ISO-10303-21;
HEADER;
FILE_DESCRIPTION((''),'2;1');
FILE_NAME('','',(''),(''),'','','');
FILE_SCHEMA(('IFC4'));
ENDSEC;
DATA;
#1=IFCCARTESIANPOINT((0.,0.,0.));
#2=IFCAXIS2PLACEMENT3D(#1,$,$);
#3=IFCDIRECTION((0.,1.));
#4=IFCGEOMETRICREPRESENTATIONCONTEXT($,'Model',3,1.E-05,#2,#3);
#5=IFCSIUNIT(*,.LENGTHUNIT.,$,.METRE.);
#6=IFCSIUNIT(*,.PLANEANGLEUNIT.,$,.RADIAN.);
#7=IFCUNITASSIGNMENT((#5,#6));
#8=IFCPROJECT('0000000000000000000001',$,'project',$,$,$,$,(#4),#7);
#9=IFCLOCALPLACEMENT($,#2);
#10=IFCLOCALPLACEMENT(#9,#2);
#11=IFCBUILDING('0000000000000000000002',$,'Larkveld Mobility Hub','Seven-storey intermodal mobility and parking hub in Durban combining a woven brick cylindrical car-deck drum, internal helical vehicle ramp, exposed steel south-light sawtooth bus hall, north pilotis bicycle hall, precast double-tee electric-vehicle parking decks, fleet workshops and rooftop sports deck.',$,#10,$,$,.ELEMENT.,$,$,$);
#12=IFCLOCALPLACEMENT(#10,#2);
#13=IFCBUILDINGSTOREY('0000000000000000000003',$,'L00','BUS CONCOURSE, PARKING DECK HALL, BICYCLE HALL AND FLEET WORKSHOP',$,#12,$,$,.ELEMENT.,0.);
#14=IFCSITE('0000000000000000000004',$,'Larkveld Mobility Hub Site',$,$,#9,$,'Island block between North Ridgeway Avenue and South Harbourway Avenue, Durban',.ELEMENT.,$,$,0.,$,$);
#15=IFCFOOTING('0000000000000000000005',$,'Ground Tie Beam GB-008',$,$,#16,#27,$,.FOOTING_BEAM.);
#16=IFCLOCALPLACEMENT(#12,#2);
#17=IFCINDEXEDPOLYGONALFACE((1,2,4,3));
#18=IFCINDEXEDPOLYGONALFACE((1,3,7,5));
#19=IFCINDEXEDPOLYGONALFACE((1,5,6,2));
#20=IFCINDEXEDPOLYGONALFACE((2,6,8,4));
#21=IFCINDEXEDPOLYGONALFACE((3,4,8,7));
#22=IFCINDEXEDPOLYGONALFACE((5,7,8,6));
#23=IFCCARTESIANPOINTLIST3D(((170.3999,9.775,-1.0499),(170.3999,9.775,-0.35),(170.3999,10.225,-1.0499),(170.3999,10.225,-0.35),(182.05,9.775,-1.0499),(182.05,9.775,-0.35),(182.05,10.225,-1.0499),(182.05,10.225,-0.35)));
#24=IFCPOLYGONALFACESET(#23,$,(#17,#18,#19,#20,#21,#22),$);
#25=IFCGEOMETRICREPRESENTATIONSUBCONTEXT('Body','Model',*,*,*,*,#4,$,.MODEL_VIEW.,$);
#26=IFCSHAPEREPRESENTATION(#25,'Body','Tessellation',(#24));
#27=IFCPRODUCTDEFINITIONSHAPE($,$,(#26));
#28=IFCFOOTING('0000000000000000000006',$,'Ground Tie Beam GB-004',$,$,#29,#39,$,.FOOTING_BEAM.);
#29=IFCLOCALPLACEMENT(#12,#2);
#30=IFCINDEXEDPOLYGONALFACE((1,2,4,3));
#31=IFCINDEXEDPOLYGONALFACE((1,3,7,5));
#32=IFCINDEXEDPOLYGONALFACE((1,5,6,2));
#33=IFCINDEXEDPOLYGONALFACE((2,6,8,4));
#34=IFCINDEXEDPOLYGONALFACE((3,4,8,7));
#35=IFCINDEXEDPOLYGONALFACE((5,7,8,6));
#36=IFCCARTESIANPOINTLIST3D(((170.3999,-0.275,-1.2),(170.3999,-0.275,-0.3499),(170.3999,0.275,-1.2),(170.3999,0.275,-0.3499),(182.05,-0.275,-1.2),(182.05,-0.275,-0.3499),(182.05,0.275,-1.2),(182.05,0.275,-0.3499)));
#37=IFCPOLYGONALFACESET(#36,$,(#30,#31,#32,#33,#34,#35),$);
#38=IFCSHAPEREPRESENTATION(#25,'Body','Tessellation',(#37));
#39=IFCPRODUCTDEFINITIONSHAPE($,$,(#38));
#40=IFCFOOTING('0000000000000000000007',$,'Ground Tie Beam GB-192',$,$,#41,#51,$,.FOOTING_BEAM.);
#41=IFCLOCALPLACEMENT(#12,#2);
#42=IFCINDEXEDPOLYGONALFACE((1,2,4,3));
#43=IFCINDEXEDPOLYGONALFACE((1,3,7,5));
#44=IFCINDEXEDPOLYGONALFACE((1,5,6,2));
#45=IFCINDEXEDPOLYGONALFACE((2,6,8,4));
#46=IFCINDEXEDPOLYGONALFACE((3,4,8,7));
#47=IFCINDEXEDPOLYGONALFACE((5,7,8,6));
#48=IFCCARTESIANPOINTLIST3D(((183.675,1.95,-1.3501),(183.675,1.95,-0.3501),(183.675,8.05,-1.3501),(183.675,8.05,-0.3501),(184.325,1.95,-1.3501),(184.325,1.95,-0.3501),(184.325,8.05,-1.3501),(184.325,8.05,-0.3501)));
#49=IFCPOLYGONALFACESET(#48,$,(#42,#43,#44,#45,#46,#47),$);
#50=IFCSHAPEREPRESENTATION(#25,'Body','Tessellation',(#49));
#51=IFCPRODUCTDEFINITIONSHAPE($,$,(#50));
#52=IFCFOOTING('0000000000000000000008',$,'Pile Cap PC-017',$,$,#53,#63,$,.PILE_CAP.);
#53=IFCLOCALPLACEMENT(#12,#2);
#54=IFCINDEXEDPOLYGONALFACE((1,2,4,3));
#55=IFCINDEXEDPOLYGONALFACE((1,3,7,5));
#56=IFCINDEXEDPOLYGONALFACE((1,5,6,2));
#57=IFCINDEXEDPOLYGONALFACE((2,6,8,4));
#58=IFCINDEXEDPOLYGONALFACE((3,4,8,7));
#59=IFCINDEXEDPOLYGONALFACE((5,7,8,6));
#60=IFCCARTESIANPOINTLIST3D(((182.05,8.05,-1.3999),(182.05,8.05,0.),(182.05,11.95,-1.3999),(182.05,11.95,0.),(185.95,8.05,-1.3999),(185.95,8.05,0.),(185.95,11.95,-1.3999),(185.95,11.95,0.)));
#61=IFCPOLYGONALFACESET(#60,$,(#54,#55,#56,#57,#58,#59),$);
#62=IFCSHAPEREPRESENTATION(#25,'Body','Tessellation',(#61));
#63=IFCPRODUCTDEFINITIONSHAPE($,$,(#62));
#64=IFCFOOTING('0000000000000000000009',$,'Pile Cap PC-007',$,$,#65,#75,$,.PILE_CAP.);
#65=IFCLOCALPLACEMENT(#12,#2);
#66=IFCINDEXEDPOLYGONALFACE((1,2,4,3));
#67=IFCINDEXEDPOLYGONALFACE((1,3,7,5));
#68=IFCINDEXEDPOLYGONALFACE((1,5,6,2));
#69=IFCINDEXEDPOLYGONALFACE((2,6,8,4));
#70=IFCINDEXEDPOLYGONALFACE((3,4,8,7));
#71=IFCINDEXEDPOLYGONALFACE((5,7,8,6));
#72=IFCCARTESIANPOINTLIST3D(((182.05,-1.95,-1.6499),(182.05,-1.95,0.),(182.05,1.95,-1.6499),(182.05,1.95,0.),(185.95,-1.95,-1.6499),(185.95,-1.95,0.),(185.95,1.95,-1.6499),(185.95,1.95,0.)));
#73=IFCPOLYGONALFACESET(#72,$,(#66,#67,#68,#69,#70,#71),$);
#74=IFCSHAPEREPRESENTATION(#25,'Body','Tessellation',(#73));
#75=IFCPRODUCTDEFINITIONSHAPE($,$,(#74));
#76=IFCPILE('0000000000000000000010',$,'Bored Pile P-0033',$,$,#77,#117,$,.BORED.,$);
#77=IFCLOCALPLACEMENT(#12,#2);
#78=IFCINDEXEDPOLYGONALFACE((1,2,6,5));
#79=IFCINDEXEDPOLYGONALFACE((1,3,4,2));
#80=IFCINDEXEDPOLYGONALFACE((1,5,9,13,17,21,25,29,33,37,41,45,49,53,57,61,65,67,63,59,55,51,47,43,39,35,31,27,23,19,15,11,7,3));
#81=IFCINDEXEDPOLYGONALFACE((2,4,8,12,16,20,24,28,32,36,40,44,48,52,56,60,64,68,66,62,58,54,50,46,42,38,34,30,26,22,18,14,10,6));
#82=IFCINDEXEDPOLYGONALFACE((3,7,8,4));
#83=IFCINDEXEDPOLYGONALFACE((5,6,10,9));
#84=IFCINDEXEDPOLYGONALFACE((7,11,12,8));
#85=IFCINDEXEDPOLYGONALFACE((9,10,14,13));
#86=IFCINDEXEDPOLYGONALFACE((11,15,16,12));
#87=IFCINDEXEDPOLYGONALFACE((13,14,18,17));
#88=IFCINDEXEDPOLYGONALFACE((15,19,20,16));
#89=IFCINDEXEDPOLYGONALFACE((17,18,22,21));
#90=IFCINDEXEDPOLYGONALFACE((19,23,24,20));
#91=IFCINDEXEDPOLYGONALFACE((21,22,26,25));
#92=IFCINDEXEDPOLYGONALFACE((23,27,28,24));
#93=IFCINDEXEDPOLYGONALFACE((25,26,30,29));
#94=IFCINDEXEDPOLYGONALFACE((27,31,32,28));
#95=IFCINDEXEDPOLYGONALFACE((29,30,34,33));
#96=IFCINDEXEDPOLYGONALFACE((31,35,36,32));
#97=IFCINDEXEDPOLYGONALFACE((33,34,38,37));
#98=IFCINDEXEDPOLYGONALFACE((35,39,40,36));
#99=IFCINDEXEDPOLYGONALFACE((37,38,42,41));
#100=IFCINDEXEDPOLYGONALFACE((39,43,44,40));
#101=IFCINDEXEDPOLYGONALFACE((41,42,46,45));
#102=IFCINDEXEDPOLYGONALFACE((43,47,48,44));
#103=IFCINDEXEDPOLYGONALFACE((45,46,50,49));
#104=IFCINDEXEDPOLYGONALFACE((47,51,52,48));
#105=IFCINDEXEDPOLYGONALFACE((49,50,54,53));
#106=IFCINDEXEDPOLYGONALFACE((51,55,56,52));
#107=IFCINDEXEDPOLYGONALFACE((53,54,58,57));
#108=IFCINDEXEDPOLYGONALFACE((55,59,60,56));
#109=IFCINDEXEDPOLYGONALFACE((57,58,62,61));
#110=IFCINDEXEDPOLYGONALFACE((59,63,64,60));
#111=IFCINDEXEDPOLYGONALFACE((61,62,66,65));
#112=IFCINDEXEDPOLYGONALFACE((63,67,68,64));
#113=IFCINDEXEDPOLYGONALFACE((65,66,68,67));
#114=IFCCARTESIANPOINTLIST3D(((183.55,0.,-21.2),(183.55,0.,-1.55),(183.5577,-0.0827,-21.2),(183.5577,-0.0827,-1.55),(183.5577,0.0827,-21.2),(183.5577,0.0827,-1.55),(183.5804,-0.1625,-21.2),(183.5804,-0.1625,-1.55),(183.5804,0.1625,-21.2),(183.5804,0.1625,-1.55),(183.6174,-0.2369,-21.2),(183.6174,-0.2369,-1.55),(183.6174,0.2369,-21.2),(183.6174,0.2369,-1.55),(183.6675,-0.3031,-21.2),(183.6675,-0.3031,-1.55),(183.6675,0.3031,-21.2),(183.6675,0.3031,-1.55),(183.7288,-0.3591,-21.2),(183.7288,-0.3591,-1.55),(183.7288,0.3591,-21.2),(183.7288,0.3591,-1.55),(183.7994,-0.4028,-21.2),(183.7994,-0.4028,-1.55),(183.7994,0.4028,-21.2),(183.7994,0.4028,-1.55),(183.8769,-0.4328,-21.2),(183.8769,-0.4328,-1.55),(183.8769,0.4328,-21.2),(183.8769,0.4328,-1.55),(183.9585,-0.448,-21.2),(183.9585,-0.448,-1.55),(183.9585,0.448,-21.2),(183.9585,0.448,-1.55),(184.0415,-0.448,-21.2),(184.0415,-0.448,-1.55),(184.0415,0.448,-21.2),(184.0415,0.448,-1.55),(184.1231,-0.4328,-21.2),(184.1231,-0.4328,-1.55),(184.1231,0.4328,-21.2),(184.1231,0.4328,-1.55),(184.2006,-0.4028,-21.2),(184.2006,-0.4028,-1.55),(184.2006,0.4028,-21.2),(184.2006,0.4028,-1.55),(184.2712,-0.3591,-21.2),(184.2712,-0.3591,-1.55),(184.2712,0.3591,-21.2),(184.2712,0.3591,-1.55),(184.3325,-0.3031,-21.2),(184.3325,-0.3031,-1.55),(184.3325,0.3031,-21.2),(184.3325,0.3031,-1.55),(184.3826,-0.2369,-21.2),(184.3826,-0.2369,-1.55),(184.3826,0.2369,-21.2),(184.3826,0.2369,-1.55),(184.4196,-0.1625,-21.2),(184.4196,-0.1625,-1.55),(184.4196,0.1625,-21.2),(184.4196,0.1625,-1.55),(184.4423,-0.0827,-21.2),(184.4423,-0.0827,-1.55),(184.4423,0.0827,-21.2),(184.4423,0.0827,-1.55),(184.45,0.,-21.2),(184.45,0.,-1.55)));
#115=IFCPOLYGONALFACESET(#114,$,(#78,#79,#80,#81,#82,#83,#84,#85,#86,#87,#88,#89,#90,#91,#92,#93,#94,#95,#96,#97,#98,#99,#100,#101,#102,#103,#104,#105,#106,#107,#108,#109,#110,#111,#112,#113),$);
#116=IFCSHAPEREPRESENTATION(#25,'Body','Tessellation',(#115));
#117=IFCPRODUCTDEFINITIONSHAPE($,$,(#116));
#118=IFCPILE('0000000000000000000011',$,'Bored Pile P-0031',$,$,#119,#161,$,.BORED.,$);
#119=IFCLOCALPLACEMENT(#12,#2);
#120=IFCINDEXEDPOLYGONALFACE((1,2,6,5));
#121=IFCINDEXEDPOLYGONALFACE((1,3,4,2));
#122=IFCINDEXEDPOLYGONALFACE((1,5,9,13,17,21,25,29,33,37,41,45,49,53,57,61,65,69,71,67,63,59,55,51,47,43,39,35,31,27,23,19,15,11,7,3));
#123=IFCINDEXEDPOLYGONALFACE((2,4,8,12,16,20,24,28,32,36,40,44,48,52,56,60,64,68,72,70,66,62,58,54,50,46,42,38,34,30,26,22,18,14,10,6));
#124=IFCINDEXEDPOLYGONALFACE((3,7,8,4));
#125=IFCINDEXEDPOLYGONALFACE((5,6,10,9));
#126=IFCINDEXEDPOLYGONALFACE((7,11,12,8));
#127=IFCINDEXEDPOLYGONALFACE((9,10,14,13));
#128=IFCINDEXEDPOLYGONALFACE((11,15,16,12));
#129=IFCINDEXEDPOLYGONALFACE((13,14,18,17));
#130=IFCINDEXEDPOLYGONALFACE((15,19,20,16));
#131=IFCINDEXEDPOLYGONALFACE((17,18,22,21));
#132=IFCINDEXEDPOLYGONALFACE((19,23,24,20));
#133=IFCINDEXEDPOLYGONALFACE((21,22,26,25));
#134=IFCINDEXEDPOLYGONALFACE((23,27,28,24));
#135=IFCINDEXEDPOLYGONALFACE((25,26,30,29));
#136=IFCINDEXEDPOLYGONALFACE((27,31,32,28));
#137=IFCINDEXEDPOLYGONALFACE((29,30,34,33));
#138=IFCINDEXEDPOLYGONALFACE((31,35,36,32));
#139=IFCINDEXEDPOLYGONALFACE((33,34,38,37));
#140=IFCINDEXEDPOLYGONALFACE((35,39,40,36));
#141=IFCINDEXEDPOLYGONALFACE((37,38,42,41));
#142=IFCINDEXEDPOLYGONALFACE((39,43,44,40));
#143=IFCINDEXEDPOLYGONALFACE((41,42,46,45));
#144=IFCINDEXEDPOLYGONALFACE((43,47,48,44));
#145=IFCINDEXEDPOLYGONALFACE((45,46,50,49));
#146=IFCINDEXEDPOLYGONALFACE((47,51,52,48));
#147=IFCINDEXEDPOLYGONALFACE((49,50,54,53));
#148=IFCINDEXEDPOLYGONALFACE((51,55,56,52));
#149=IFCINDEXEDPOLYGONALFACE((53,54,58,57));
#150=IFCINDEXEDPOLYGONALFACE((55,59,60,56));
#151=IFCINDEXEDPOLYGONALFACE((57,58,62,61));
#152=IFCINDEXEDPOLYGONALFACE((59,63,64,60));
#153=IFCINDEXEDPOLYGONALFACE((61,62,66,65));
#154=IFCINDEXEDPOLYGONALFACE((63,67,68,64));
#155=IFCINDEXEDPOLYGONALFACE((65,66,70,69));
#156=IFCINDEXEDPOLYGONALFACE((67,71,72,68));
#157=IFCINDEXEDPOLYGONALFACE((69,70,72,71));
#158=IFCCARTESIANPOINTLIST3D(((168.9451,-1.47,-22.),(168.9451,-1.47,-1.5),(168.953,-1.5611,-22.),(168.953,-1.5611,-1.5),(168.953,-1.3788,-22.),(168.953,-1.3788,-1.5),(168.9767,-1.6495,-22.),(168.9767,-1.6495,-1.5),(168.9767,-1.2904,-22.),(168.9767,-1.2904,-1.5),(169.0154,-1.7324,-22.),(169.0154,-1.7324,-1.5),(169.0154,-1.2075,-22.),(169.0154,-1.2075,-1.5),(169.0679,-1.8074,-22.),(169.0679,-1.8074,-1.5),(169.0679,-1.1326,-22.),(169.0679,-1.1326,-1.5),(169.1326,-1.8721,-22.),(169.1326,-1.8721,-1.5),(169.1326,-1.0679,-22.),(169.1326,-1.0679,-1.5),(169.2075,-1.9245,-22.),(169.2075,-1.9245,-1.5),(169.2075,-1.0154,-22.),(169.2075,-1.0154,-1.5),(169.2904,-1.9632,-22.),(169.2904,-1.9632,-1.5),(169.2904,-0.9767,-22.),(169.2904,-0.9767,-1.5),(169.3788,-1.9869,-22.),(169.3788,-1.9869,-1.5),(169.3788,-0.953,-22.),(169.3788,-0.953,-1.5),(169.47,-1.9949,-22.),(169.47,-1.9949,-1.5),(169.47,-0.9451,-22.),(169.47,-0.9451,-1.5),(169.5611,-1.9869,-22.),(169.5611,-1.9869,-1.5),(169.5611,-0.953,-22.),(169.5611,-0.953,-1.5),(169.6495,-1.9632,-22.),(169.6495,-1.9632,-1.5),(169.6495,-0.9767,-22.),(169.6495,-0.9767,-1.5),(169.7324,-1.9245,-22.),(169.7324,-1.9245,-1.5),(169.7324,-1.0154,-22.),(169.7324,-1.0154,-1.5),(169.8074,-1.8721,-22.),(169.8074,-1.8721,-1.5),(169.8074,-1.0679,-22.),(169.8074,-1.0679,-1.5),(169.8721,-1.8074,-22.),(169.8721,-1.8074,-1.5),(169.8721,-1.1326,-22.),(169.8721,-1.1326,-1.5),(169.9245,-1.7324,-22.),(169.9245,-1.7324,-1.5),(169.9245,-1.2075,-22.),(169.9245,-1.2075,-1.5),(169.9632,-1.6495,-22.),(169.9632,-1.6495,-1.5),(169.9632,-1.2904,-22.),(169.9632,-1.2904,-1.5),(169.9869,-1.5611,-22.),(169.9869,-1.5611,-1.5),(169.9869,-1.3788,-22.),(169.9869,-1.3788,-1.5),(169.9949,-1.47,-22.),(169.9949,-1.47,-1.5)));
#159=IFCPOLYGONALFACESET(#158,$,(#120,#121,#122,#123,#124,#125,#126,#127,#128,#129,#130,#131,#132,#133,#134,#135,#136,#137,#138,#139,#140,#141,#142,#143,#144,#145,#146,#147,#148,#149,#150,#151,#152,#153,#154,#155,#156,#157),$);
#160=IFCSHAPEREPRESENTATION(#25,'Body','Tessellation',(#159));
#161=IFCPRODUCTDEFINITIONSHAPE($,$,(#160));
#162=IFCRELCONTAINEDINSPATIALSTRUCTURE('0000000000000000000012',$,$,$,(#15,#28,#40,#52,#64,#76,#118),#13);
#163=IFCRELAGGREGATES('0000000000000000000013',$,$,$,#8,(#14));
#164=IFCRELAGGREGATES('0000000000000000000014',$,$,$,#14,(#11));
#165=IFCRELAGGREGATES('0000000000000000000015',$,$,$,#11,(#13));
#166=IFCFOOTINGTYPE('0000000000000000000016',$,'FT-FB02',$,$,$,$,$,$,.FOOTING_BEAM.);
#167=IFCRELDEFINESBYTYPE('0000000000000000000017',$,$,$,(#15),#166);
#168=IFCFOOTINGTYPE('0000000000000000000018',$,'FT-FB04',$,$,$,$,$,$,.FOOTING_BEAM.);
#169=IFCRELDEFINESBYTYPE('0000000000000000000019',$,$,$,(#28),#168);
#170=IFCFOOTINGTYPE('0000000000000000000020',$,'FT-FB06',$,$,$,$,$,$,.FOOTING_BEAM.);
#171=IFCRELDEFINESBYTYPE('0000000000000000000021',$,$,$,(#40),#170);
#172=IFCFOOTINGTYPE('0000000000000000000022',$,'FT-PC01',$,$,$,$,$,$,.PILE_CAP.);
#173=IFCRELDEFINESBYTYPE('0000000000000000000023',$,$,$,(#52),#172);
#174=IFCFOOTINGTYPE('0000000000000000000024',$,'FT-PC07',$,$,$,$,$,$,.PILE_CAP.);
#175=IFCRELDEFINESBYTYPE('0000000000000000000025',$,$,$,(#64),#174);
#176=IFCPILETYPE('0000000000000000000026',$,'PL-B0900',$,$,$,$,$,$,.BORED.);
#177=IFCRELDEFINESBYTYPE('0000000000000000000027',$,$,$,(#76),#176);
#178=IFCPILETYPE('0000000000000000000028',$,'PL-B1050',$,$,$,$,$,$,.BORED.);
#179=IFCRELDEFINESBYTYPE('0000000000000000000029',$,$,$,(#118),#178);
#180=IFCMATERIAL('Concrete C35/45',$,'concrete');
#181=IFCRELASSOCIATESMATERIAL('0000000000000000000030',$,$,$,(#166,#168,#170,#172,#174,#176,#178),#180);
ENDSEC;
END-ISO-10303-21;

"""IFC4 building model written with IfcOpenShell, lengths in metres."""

from ifc_helpers import new_model, si_unit, direction, frame, origin, origin_2d, place, context, subcontext, project, spatial, rectangle, circle, extrude, material, material_profile, profile_set, type_object, element, save


model = new_model("IFC4")

# Units and contexts
model_context = context("Model", 3, precision=1e-05, world=origin(), true_north=direction((0.0, 1.0)))
body_context = subcontext(model_context, "Body", "Model", "MODEL_VIEW")
ifc_project = project(units=[si_unit("LENGTHUNIT", "METRE"), si_unit("PLANEANGLEUNIT", "RADIAN")], contexts=[model_context])

# Site, building, storey
site_placement = place(None, origin())
site = spatial("IfcSite", under=ifc_project, at=site_placement, Name="Larkveld Mobility Hub Site", LongName="Island block between North Ridgeway Avenue and South Harbourway Avenue, Durban", CompositionType="ELEMENT", RefElevation=0.0)
building_placement = place(site_placement, origin())
building = spatial("IfcBuilding", under=site, at=building_placement, Name="Larkveld Mobility Hub", Description="Seven-storey intermodal mobility and parking hub in Durban combining a woven brick cylindrical car-deck drum, internal helical vehicle ramp, exposed steel south-light sawtooth bus hall, north pilotis bicycle hall, precast double-tee electric-vehicle parking decks, fleet workshops and rooftop sports deck.", CompositionType="ELEMENT")
storey_placement = place(building_placement, origin())
storey = spatial("IfcBuildingStorey", under=building, at=storey_placement, Name="L00", Description="BUS CONCOURSE, PARKING DECK HALL, BICYCLE HALL AND FLEET WORKSHOP", CompositionType="ELEMENT", Elevation=0.0)

# Footings
ifc_material_1 = material(Name="Concrete C35/45", Category="concrete")
ifc_material_profile_1 = material_profile(ifc_material_1, rectangle(XDim=0.45, YDim=0.7, at=origin_2d()), Name="RC BM 450x700")
ifc_profile_set_1 = profile_set([ifc_material_profile_1], Name="Concrete C35/45")
footing_type_1 = type_object("IfcFootingType", Name="FT-FB02", PredefinedType="FOOTING_BEAM", material=ifc_profile_set_1)
footing_1_placement = place(storey_placement, frame((170.3999, 10.0, -0.7), z_axis=(1.0, 0.0, 0.0), x_axis=(0.0, 1.0, 0.0)))
element("IfcFooting", 1, at=footing_1_placement, inside=storey, type_object=footing_type_1, Name="Ground Tie Beam GB-008", PredefinedType="FOOTING_BEAM", context=body_context, shape_type="SweptSolid", body=[
    extrude(rectangle(XDim=0.45, YDim=0.7, at=origin_2d()), origin(), (0.0, 0.0, 1.0), 11.6501),
])
ifc_material_profile_2 = material_profile(ifc_material_1, rectangle(XDim=0.55, YDim=0.8501, at=origin_2d()), Name="RC BM 550x850")
ifc_profile_set_2 = profile_set([ifc_material_profile_2], Name="Concrete C35/45")
footing_type_2 = type_object("IfcFootingType", Name="FT-FB04", PredefinedType="FOOTING_BEAM", material=ifc_profile_set_2)
footing_2_placement = place(storey_placement, frame((170.3999, 0.0, -0.7749), z_axis=(1.0, 0.0, 0.0), x_axis=(0.0, 1.0, 0.0)))
element("IfcFooting", 2, at=footing_2_placement, inside=storey, type_object=footing_type_2, Name="Ground Tie Beam GB-004", PredefinedType="FOOTING_BEAM", context=body_context, shape_type="SweptSolid", body=[
    extrude(rectangle(XDim=0.55, YDim=0.8501, at=origin_2d()), origin(), (0.0, 0.0, 1.0), 11.6501),
])
ifc_material_profile_3 = material_profile(ifc_material_1, rectangle(XDim=0.6499, YDim=1.0, at=origin_2d()), Name="RC BM 650x1000")
ifc_profile_set_3 = profile_set([ifc_material_profile_3], Name="Concrete C35/45")
footing_type_3 = type_object("IfcFootingType", Name="FT-FB06", PredefinedType="FOOTING_BEAM", material=ifc_profile_set_3)
footing_3_placement = place(storey_placement, frame((184.0, 1.95, -0.8501), z_axis=(0.0, 1.0, 0.0), x_axis=(-1.0, 0.0, 0.0)))
element("IfcFooting", 3, at=footing_3_placement, inside=storey, type_object=footing_type_3, Name="Ground Tie Beam GB-192", PredefinedType="FOOTING_BEAM", context=body_context, shape_type="SweptSolid", body=[
    extrude(rectangle(XDim=0.6499, YDim=1.0, at=origin_2d()), origin(), (0.0, 0.0, 1.0), 6.1001),
])
footing_type_4 = type_object("IfcFootingType", Name="FT-PC01", PredefinedType="PILE_CAP", material=ifc_material_1)
footing_4_placement = place(storey_placement, frame((184.0, 10.0, -1.3999), z_axis=(0.0, 0.0, 1.0), x_axis=(1.0, 0.0, 0.0)))
element("IfcFooting", 4, at=footing_4_placement, inside=storey, type_object=footing_type_4, Name="Pile Cap PC-017", PredefinedType="PILE_CAP", context=body_context, shape_type="SweptSolid", body=[
    extrude(rectangle(XDim=3.8999, YDim=3.8999, at=origin_2d()), origin(), (0.0, 0.0, 1.0), 1.3999),
])
footing_type_5 = type_object("IfcFootingType", Name="FT-PC07", PredefinedType="PILE_CAP", material=ifc_material_1)
footing_5_placement = place(storey_placement, frame((184.0, 0.0, -1.6499), z_axis=(0.0, 0.0, 1.0), x_axis=(1.0, 0.0, 0.0)))
element("IfcFooting", 5, at=footing_5_placement, inside=storey, type_object=footing_type_5, Name="Pile Cap PC-007", PredefinedType="PILE_CAP", context=body_context, shape_type="SweptSolid", body=[
    extrude(rectangle(XDim=3.8999, YDim=3.8999, at=origin_2d()), origin(), (0.0, 0.0, 1.0), 1.6499),
])

# Piles
ifc_material_profile_4 = material_profile(ifc_material_1, circle(Radius=0.45, at=origin_2d()), Name="PILE D900")
ifc_profile_set_4 = profile_set([ifc_material_profile_4], Name="Concrete C35/45")
pile_type_1 = type_object("IfcPileType", Name="PL-B0900", PredefinedType="BORED", material=ifc_profile_set_4)
pile_1_placement = place(storey_placement, frame((184.0, 0.0, -1.55), z_axis=(0.0, 0.0, -1.0), x_axis=(1.0, 0.0, 0.0)))
element("IfcPile", 6, at=pile_1_placement, inside=storey, type_object=pile_type_1, Name="Bored Pile P-0033", PredefinedType="BORED", context=body_context, shape_type="SweptSolid", body=[
    extrude(circle(Radius=0.45, at=origin_2d()), origin(), (0.0, 0.0, 1.0), 19.6499),
])
ifc_material_profile_5 = material_profile(ifc_material_1, circle(Radius=0.5249, at=origin_2d()), Name="PILE D1050")
ifc_profile_set_5 = profile_set([ifc_material_profile_5], Name="Concrete C35/45")
pile_type_2 = type_object("IfcPileType", Name="PL-B1050", PredefinedType="BORED", material=ifc_profile_set_5)
for number, where, z_axis, x_axis, name in (
    (7, (169.47, -1.47, -1.5), (0.0, 0.0, -1.0), (1.0, 0.0, 0.0), "Bored Pile P-0031"),
):
    element("IfcPile", number, at=place(storey_placement, frame(where, z_axis=z_axis, x_axis=x_axis)), inside=storey, type_object=pile_type_2, Name=name, PredefinedType="BORED", context=body_context, shape_type="SweptSolid", body=[
        extrude(circle(Radius=0.5249, at=origin_2d()), origin(), (0.0, 0.0, 1.0), 20.5),
    ])

save(model, "model.ifc")
